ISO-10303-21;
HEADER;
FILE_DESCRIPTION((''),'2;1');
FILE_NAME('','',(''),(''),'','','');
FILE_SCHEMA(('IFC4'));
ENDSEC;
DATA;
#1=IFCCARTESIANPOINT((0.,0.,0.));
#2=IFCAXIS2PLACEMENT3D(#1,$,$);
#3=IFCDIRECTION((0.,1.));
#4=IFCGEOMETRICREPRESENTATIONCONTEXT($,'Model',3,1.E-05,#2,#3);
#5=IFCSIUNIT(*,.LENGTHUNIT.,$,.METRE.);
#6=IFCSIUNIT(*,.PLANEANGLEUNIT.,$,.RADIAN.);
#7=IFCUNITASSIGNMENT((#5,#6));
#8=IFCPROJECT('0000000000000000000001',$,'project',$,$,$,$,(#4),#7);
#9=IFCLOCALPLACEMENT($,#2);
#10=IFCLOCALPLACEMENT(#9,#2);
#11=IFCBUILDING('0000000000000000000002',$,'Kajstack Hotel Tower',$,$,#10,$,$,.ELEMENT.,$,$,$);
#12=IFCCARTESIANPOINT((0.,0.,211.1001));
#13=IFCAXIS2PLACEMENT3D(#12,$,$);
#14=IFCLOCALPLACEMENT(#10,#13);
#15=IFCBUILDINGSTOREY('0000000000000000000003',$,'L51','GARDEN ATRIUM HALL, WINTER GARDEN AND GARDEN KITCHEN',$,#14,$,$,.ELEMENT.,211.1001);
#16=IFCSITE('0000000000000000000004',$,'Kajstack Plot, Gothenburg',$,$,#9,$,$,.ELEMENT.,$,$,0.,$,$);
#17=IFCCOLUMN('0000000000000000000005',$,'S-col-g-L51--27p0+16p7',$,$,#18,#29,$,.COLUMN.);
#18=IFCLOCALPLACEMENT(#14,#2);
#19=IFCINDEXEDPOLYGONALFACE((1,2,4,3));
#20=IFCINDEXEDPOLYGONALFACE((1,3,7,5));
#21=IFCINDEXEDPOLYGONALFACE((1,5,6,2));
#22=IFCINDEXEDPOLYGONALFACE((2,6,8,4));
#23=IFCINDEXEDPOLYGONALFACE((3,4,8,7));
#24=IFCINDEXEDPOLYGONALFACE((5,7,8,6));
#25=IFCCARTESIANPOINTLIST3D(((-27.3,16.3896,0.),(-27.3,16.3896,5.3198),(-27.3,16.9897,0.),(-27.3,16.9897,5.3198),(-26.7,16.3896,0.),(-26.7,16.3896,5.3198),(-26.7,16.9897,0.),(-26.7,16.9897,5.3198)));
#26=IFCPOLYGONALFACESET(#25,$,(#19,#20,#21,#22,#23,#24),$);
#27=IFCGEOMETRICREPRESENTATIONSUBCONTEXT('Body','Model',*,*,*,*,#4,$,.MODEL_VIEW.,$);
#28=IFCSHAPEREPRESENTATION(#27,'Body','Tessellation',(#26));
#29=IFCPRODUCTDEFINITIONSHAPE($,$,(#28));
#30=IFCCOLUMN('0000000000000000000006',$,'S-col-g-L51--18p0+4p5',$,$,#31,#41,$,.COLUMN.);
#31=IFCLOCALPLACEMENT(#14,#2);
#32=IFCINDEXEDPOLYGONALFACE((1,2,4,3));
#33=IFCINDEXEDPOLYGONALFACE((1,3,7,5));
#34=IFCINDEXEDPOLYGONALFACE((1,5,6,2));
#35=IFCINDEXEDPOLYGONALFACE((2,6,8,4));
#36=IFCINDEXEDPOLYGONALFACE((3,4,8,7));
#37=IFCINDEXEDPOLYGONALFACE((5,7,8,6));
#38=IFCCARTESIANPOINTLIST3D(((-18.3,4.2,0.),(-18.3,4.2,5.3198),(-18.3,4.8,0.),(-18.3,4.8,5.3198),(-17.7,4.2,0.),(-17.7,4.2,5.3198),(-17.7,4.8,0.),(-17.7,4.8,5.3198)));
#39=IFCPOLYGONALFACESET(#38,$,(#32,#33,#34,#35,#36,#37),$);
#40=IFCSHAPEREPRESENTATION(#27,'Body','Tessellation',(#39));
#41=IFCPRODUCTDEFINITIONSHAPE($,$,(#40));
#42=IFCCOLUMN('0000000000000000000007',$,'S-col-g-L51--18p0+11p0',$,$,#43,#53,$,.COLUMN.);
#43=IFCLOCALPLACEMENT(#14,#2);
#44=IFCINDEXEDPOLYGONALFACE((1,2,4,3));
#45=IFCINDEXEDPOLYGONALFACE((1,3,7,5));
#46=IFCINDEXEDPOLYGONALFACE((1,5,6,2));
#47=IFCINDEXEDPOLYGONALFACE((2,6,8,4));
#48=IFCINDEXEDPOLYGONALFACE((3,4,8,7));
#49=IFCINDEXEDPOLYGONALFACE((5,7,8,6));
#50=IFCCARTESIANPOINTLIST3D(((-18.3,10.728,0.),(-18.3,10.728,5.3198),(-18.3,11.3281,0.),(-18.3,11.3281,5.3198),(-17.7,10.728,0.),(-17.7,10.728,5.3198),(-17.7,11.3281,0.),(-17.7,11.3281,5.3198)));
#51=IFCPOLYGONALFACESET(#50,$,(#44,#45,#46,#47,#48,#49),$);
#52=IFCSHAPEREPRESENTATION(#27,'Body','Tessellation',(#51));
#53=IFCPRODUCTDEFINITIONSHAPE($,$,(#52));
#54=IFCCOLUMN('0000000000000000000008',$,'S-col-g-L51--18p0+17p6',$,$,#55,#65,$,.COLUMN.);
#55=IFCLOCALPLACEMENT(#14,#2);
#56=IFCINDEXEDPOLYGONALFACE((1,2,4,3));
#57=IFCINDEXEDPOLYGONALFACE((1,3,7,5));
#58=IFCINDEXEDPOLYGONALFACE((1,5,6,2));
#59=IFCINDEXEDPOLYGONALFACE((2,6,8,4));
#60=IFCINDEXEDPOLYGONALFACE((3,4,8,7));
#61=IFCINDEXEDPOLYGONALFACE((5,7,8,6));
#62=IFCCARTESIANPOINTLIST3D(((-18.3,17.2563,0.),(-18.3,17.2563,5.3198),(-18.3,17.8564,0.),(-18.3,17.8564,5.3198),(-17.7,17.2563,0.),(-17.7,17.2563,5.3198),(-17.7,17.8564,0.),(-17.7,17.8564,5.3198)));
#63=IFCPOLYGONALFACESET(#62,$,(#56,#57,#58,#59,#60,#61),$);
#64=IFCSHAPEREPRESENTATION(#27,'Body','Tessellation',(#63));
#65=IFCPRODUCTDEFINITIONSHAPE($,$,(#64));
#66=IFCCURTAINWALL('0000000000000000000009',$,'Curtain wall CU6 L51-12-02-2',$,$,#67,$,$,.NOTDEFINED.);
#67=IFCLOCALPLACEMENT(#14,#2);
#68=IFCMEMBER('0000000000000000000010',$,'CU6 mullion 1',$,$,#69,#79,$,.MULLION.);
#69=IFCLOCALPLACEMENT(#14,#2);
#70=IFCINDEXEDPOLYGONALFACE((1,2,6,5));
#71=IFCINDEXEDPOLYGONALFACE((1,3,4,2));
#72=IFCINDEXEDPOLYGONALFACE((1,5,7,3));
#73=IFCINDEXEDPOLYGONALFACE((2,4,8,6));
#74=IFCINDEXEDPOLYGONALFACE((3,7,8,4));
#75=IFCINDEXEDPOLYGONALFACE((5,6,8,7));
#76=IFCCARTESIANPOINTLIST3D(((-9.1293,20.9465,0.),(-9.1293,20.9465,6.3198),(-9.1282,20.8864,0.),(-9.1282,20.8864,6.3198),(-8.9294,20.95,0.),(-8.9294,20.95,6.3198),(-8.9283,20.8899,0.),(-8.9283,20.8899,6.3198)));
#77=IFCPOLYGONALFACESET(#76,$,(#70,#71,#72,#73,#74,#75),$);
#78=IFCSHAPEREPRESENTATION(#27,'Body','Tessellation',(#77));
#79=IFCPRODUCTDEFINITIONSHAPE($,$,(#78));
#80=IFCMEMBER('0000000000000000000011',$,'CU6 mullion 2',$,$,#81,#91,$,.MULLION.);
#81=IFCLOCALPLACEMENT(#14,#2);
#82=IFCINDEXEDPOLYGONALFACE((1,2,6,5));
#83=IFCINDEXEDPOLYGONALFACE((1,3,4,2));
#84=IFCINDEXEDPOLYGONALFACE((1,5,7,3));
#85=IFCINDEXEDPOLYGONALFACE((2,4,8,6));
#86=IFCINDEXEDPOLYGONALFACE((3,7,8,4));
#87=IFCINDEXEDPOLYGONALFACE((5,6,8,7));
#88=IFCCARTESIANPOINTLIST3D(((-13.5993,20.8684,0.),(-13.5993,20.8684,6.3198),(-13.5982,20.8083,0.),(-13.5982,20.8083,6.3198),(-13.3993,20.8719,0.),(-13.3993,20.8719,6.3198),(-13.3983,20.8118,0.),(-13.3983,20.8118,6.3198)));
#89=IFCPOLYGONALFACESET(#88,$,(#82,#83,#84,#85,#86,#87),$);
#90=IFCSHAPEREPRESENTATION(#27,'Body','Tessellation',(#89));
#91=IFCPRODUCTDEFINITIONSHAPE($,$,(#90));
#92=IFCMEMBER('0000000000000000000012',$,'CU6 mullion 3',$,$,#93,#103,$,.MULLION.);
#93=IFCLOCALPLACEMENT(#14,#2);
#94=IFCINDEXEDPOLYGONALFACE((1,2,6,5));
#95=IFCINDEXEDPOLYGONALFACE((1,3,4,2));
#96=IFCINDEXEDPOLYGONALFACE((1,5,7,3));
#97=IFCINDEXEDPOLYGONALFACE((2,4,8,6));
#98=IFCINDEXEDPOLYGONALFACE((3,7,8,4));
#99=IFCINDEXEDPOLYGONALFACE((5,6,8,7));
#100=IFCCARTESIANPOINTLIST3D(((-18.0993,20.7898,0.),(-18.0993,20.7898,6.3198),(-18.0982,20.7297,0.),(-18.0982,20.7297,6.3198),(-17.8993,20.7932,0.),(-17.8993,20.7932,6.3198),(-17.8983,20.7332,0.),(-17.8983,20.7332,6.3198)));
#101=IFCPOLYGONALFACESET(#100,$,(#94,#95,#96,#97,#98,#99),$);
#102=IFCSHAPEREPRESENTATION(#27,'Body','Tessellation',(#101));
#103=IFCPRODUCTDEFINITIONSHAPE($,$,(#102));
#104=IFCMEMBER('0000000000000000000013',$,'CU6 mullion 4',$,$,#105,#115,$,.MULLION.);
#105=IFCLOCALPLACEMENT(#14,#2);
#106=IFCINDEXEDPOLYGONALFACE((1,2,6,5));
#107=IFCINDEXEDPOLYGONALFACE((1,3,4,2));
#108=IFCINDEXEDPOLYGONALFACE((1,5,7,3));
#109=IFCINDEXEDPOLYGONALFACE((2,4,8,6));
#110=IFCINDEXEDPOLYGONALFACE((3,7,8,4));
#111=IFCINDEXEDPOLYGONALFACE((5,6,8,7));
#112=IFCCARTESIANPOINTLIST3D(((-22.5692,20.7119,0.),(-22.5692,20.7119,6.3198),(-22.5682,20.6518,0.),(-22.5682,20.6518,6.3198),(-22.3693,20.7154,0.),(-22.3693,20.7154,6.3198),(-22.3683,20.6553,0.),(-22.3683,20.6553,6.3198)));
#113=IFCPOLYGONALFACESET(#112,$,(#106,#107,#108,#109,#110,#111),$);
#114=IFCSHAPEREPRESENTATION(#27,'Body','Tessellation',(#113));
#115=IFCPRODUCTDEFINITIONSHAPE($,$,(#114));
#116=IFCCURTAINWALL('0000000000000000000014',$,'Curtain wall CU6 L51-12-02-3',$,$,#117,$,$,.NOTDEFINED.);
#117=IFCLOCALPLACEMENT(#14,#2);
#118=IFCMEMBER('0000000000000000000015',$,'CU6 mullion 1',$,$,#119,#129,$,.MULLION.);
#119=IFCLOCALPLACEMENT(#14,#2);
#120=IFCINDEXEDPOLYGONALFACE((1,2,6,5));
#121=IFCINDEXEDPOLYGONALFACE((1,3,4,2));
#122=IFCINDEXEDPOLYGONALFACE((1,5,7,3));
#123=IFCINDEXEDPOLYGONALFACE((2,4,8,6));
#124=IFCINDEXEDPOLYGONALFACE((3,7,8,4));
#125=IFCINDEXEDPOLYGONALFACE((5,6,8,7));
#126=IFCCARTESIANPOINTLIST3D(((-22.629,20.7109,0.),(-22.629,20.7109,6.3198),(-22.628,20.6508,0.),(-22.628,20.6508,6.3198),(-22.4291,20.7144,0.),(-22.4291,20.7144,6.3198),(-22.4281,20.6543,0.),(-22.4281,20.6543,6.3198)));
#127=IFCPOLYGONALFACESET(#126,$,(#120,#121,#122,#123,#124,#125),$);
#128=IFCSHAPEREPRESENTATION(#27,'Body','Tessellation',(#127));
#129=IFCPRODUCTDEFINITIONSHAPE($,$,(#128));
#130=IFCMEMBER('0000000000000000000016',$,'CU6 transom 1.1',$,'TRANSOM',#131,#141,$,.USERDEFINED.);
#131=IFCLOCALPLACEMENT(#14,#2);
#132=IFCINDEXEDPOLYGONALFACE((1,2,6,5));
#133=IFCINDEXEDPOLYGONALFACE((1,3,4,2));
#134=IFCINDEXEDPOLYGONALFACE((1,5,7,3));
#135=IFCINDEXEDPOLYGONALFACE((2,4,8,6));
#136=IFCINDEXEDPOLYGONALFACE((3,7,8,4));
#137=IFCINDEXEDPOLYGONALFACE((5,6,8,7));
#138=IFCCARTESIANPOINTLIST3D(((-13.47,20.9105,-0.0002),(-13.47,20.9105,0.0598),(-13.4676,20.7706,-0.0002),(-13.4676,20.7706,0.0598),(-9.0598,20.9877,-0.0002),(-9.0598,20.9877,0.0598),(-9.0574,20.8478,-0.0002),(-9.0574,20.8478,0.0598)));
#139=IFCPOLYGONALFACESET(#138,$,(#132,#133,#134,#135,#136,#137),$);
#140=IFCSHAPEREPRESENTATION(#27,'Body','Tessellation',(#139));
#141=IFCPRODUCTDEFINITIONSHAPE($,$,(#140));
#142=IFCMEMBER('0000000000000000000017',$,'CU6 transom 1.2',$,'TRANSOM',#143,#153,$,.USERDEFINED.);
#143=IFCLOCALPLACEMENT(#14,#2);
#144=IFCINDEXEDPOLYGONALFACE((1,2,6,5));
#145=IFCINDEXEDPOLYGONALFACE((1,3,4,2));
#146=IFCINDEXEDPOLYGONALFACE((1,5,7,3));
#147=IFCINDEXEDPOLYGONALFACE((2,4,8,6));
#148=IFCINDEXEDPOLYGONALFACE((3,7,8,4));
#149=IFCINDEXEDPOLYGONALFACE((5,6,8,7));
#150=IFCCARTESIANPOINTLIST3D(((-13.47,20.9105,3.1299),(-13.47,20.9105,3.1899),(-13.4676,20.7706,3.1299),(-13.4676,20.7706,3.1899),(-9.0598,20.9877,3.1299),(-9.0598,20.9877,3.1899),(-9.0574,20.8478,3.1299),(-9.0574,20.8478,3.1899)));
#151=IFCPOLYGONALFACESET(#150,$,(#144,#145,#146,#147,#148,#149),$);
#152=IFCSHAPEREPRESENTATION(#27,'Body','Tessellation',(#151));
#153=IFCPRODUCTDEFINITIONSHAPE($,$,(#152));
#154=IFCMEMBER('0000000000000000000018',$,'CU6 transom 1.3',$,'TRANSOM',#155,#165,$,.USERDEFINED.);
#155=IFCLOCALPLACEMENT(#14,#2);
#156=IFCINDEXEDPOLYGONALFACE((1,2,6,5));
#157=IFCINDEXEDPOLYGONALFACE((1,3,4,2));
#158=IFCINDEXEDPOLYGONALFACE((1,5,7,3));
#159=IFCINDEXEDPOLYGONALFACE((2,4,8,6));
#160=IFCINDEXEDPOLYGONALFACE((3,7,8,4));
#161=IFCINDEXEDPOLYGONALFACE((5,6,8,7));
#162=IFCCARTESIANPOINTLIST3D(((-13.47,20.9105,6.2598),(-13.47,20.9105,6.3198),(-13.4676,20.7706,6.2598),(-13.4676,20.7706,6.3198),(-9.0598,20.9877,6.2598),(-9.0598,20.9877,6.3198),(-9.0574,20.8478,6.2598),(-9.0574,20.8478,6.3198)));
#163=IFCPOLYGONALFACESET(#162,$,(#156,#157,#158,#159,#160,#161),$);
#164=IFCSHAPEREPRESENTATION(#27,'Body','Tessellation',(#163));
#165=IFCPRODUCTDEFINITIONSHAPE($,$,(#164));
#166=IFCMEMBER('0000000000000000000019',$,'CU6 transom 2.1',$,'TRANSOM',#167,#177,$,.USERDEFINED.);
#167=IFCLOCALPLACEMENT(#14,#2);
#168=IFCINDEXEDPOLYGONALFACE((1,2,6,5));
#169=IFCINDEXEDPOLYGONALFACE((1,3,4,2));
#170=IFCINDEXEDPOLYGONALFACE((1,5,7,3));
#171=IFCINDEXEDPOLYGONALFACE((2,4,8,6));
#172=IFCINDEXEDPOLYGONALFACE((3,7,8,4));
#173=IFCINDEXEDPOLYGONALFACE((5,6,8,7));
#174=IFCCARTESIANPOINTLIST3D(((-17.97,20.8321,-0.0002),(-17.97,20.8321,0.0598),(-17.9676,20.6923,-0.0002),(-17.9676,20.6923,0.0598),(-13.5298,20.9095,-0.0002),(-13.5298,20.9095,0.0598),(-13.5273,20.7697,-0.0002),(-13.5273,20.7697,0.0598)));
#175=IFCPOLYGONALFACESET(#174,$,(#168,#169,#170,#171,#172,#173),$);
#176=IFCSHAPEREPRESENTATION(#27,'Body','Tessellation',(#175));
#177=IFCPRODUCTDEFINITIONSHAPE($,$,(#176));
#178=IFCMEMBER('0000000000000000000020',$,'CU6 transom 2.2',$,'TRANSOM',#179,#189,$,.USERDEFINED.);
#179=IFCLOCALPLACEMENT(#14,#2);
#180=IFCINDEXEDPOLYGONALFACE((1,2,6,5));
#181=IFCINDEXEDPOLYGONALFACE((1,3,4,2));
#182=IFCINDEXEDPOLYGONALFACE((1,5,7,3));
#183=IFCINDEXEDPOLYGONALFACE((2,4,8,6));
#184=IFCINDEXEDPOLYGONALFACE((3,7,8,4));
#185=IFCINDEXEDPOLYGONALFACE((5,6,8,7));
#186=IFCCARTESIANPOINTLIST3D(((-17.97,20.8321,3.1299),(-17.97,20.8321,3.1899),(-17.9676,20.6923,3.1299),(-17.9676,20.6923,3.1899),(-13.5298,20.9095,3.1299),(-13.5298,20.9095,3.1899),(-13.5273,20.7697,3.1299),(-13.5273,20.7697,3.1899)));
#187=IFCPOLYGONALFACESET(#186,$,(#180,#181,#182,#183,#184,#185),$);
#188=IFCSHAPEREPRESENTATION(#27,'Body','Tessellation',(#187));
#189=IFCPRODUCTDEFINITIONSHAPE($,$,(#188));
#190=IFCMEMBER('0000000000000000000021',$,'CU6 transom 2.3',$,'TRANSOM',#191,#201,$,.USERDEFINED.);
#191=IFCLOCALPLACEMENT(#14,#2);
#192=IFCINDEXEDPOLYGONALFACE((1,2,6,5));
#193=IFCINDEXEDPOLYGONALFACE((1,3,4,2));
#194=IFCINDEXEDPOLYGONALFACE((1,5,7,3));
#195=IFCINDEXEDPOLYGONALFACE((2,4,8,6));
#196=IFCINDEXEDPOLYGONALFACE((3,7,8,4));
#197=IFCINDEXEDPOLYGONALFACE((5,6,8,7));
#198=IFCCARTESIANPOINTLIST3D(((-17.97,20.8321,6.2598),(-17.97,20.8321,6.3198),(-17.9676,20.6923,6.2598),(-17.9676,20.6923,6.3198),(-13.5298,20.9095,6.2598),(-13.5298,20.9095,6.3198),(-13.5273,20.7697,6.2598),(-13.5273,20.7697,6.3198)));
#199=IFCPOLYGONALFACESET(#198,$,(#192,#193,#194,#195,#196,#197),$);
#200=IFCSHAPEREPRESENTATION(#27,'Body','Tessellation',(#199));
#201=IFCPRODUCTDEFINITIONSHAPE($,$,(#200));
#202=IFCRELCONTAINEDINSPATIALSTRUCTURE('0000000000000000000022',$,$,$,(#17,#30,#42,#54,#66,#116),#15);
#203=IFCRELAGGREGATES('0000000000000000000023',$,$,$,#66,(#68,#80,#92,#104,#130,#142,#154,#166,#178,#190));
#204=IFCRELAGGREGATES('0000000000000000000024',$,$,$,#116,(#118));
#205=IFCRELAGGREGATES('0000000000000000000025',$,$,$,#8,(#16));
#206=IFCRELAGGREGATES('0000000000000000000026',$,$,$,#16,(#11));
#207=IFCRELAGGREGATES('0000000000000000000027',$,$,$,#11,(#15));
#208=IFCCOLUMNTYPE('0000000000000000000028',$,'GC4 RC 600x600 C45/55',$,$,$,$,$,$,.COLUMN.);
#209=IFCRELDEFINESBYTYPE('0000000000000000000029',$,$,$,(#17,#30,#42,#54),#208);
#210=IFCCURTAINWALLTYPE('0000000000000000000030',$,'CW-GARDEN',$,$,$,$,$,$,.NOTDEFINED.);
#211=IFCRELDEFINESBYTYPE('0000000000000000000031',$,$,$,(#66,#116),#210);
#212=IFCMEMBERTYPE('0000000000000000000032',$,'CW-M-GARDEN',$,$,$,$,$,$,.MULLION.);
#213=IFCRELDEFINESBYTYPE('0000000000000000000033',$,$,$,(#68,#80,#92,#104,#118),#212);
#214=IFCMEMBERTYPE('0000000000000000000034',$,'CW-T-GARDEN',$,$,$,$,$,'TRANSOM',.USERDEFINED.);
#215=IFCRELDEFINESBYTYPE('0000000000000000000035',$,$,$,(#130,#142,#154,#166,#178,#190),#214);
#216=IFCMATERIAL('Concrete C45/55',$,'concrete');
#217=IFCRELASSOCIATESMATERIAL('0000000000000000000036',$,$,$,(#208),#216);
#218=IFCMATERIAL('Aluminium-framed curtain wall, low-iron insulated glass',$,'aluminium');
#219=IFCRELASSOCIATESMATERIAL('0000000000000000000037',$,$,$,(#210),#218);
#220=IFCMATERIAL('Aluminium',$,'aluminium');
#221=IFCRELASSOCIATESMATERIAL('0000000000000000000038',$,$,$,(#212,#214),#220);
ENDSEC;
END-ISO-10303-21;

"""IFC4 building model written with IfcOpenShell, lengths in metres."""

from ifc_helpers import new_model, si_unit, direction, frame, origin, origin_2d, place, context, subcontext, project, spatial, rectangle, extrude, material, material_profile, profile_set, type_object, element, aggregate, save


model = new_model("IFC4")

# Units and contexts
model_context = context("Model", 3, precision=1e-05, world=origin(), true_north=direction((0.0, 1.0)))
body_context = subcontext(model_context, "Body", "Model", "MODEL_VIEW")
ifc_project = project(units=[si_unit("LENGTHUNIT", "METRE"), si_unit("PLANEANGLEUNIT", "RADIAN")], contexts=[model_context])

# Site, building, storey
site_placement = place(None, origin())
site = spatial("IfcSite", under=ifc_project, at=site_placement, Name="Kajstack Plot, Gothenburg", CompositionType="ELEMENT", RefElevation=0.0)
building_placement = place(site_placement, origin())
building = spatial("IfcBuilding", under=site, at=building_placement, Name="Kajstack Hotel Tower", CompositionType="ELEMENT")
storey_placement = place(building_placement, frame((0.0, 0.0, 211.1001)))
storey = spatial("IfcBuildingStorey", under=building, at=storey_placement, Name="L51", Description="GARDEN ATRIUM HALL, WINTER GARDEN AND GARDEN KITCHEN", CompositionType="ELEMENT", Elevation=211.1001)

# Columns
ifc_material_1 = material(Name="Concrete C45/55", Category="concrete")
ifc_material_profile_1 = material_profile(ifc_material_1, rectangle(XDim=0.6001, YDim=0.6001, at=origin_2d()), Name="RC 600x600")
ifc_profile_set_1 = profile_set([ifc_material_profile_1], Name="Concrete C45/55")
column_type = type_object("IfcColumnType", Name="GC4 RC 600x600 C45/55", PredefinedType="COLUMN", material=ifc_profile_set_1)
for number, where, z_axis, x_axis, name in (
    (1, (-27.0, 16.6897, 0.0), (0.0, 0.0, 1.0), (1.0, 0.0, 0.0), "S-col-g-L51--27p0+16p7"),
    (2, (-18.0, 4.5, 0.0), (0.0, 0.0, 1.0), (1.0, 0.0, 0.0), "S-col-g-L51--18p0+4p5"),
    (3, (-18.0, 11.0281, 0.0), (0.0, 0.0, 1.0), (1.0, 0.0, 0.0), "S-col-g-L51--18p0+11p0"),
    (4, (-18.0, 17.5564, 0.0), (0.0, 0.0, 1.0), (1.0, 0.0, 0.0), "S-col-g-L51--18p0+17p6"),
):
    element("IfcColumn", number, at=place(storey_placement, frame(where, z_axis=z_axis, x_axis=x_axis)), inside=storey, type_object=column_type, Name=name, PredefinedType="COLUMN", context=body_context, shape_type="SweptSolid", body=[
        extrude(rectangle(XDim=0.6001, YDim=0.6001, at=origin_2d()), origin(), (0.0, 0.0, 1.0), 5.3198),
    ])

# Curtain wall, members
ifc_material_2 = material(Name="Aluminium-framed curtain wall, low-iron insulated glass", Category="aluminium")
curtain_wall_type = type_object("IfcCurtainWallType", Name="CW-GARDEN", PredefinedType="NOTDEFINED", material=ifc_material_2)
curtain_wall_1_placement = place(storey_placement, origin())
curtain_wall_1 = element("IfcCurtainWall", 5, at=curtain_wall_1_placement, inside=storey, type_object=curtain_wall_type, Name="Curtain wall CU6 L51-12-02-2", PredefinedType="NOTDEFINED")
ifc_material_3 = material(Name="Aluminium", Category="aluminium")
ifc_material_profile_2 = material_profile(ifc_material_3, rectangle(XDim=0.0601, YDim=0.2, at=origin_2d()), Name="Aluminium mullion 60 x 200")
ifc_profile_set_2 = profile_set([ifc_material_profile_2], Name="Aluminium")
member_type_1 = type_object("IfcMemberType", Name="CW-M-GARDEN", PredefinedType="MULLION", material=ifc_profile_set_2)
member_1_placement = place(storey_placement, frame((-9.0288, 20.9182, 0.0), z_axis=(0.0, 0.0, 1.0), x_axis=(0.017453, -0.999848, 0.0)))
member_1 = element("IfcMember", 6, at=member_1_placement, type_object=member_type_1, Name="CU6 mullion 1", PredefinedType="MULLION", context=body_context, shape_type="SweptSolid", body=[
    extrude(rectangle(XDim=0.0601, YDim=0.2, at=origin_2d()), origin(), (0.0, 0.0, 1.0), 6.3198),
])
member_2_placement = place(storey_placement, frame((-13.4988, 20.8401, 0.0), z_axis=(0.0, 0.0, 1.0), x_axis=(0.017453, -0.999848, 0.0)))
member_2 = element("IfcMember", 7, at=member_2_placement, type_object=member_type_1, Name="CU6 mullion 2", PredefinedType="MULLION", context=body_context, shape_type="SweptSolid", body=[
    extrude(rectangle(XDim=0.0601, YDim=0.2, at=origin_2d()), origin(), (0.0, 0.0, 1.0), 6.3198),
])
member_3_placement = place(storey_placement, frame((-17.9988, 20.7615, 0.0), z_axis=(0.0, 0.0, 1.0), x_axis=(0.017453, -0.999848, 0.0)))
member_3 = element("IfcMember", 8, at=member_3_placement, type_object=member_type_1, Name="CU6 mullion 3", PredefinedType="MULLION", context=body_context, shape_type="SweptSolid", body=[
    extrude(rectangle(XDim=0.0601, YDim=0.2, at=origin_2d()), origin(), (0.0, 0.0, 1.0), 6.3198),
])
member_4_placement = place(storey_placement, frame((-22.4688, 20.6836, 0.0), z_axis=(0.0, 0.0, 1.0), x_axis=(0.017453, -0.999848, 0.0)))
member_4 = element("IfcMember", 9, at=member_4_placement, type_object=member_type_1, Name="CU6 mullion 4", PredefinedType="MULLION", context=body_context, shape_type="SweptSolid", body=[
    extrude(rectangle(XDim=0.0601, YDim=0.2, at=origin_2d()), origin(), (0.0, 0.0, 1.0), 6.3198),
])

# Curtain wall, member
curtain_wall_2_placement = place(storey_placement, origin())
curtain_wall_2 = element("IfcCurtainWall", 10, at=curtain_wall_2_placement, inside=storey, type_object=curtain_wall_type, Name="Curtain wall CU6 L51-12-02-3", PredefinedType="NOTDEFINED")
member_5_placement = place(storey_placement, frame((-22.5286, 20.6826, 0.0), z_axis=(0.0, 0.0, 1.0), x_axis=(0.017453, -0.999848, 0.0)))
member_5 = element("IfcMember", 11, at=member_5_placement, type_object=member_type_1, Name="CU6 mullion 1", PredefinedType="MULLION", context=body_context, shape_type="SweptSolid", body=[
    extrude(rectangle(XDim=0.0601, YDim=0.2, at=origin_2d()), origin(), (0.0, 0.0, 1.0), 6.3198),
])

# Members
ifc_material_profile_3 = material_profile(ifc_material_3, rectangle(XDim=0.1399, YDim=0.0601, at=origin_2d()), Name="Aluminium transom 140 x 60")
ifc_profile_set_3 = profile_set([ifc_material_profile_3], Name="Aluminium")
member_type_2 = type_object("IfcMemberType", Name="CW-T-GARDEN", ElementType="TRANSOM", PredefinedType="USERDEFINED", material=ifc_profile_set_3)
member_6_placement = place(storey_placement, frame((-9.0586, 20.9177, 0.0298), z_axis=(-0.999847, -0.017491, 0.0), x_axis=(0.017491, -0.999847, 0.0)))
member_6 = element("IfcMember", 12, at=member_6_placement, type_object=member_type_2, Name="CU6 transom 1.1", ObjectType="TRANSOM", PredefinedType="USERDEFINED", context=body_context, shape_type="SweptSolid", body=[
    extrude(rectangle(XDim=0.1399, YDim=0.0601, at=origin_2d()), origin(), (0.0, 0.0, 1.0), 4.4109),
])
member_7_placement = place(storey_placement, frame((-9.0586, 20.9177, 3.1599), z_axis=(-0.999847, -0.017491, 0.0), x_axis=(0.017491, -0.999847, 0.0)))
member_7 = element("IfcMember", 13, at=member_7_placement, type_object=member_type_2, Name="CU6 transom 1.2", ObjectType="TRANSOM", PredefinedType="USERDEFINED", context=body_context, shape_type="SweptSolid", body=[
    extrude(rectangle(XDim=0.1399, YDim=0.0601, at=origin_2d()), origin(), (0.0, 0.0, 1.0), 4.4109),
])
member_8_placement = place(storey_placement, frame((-9.0586, 20.9177, 6.2898), z_axis=(-0.999847, -0.017491, 0.0), x_axis=(0.017491, -0.999847, 0.0)))
member_8 = element("IfcMember", 14, at=member_8_placement, type_object=member_type_2, Name="CU6 transom 1.3", ObjectType="TRANSOM", PredefinedType="USERDEFINED", context=body_context, shape_type="SweptSolid", body=[
    extrude(rectangle(XDim=0.1399, YDim=0.0601, at=origin_2d()), origin(), (0.0, 0.0, 1.0), 4.4109),
])
member_9_placement = place(storey_placement, frame((-13.5286, 20.8396, 0.0298), z_axis=(-0.999848, -0.017427, 0.0), x_axis=(0.017427, -0.999848, 0.0)))
member_9 = element("IfcMember", 15, at=member_9_placement, type_object=member_type_2, Name="CU6 transom 2.1", ObjectType="TRANSOM", PredefinedType="USERDEFINED", context=body_context, shape_type="SweptSolid", body=[
    extrude(rectangle(XDim=0.1399, YDim=0.0601, at=origin_2d()), origin(), (0.0, 0.0, 1.0), 4.4409),
])
member_10_placement = place(storey_placement, frame((-13.5286, 20.8396, 3.1599), z_axis=(-0.999848, -0.017427, 0.0), x_axis=(0.017427, -0.999848, 0.0)))
member_10 = element("IfcMember", 16, at=member_10_placement, type_object=member_type_2, Name="CU6 transom 2.2", ObjectType="TRANSOM", PredefinedType="USERDEFINED", context=body_context, shape_type="SweptSolid", body=[
    extrude(rectangle(XDim=0.1399, YDim=0.0601, at=origin_2d()), origin(), (0.0, 0.0, 1.0), 4.4409),
])
member_11_placement = place(storey_placement, frame((-13.5286, 20.8396, 6.2898), z_axis=(-0.999848, -0.017427, 0.0), x_axis=(0.017427, -0.999848, 0.0)))
member_11 = element("IfcMember", 17, at=member_11_placement, type_object=member_type_2, Name="CU6 transom 2.3", ObjectType="TRANSOM", PredefinedType="USERDEFINED", context=body_context, shape_type="SweptSolid", body=[
    extrude(rectangle(XDim=0.1399, YDim=0.0601, at=origin_2d()), origin(), (0.0, 0.0, 1.0), 4.4409),
])

aggregate(curtain_wall_1, [member_1, member_2, member_3, member_4, member_6, member_7, member_8, member_9, member_10, member_11])
aggregate(curtain_wall_2, [member_5])

save(model, "model.ifc")
